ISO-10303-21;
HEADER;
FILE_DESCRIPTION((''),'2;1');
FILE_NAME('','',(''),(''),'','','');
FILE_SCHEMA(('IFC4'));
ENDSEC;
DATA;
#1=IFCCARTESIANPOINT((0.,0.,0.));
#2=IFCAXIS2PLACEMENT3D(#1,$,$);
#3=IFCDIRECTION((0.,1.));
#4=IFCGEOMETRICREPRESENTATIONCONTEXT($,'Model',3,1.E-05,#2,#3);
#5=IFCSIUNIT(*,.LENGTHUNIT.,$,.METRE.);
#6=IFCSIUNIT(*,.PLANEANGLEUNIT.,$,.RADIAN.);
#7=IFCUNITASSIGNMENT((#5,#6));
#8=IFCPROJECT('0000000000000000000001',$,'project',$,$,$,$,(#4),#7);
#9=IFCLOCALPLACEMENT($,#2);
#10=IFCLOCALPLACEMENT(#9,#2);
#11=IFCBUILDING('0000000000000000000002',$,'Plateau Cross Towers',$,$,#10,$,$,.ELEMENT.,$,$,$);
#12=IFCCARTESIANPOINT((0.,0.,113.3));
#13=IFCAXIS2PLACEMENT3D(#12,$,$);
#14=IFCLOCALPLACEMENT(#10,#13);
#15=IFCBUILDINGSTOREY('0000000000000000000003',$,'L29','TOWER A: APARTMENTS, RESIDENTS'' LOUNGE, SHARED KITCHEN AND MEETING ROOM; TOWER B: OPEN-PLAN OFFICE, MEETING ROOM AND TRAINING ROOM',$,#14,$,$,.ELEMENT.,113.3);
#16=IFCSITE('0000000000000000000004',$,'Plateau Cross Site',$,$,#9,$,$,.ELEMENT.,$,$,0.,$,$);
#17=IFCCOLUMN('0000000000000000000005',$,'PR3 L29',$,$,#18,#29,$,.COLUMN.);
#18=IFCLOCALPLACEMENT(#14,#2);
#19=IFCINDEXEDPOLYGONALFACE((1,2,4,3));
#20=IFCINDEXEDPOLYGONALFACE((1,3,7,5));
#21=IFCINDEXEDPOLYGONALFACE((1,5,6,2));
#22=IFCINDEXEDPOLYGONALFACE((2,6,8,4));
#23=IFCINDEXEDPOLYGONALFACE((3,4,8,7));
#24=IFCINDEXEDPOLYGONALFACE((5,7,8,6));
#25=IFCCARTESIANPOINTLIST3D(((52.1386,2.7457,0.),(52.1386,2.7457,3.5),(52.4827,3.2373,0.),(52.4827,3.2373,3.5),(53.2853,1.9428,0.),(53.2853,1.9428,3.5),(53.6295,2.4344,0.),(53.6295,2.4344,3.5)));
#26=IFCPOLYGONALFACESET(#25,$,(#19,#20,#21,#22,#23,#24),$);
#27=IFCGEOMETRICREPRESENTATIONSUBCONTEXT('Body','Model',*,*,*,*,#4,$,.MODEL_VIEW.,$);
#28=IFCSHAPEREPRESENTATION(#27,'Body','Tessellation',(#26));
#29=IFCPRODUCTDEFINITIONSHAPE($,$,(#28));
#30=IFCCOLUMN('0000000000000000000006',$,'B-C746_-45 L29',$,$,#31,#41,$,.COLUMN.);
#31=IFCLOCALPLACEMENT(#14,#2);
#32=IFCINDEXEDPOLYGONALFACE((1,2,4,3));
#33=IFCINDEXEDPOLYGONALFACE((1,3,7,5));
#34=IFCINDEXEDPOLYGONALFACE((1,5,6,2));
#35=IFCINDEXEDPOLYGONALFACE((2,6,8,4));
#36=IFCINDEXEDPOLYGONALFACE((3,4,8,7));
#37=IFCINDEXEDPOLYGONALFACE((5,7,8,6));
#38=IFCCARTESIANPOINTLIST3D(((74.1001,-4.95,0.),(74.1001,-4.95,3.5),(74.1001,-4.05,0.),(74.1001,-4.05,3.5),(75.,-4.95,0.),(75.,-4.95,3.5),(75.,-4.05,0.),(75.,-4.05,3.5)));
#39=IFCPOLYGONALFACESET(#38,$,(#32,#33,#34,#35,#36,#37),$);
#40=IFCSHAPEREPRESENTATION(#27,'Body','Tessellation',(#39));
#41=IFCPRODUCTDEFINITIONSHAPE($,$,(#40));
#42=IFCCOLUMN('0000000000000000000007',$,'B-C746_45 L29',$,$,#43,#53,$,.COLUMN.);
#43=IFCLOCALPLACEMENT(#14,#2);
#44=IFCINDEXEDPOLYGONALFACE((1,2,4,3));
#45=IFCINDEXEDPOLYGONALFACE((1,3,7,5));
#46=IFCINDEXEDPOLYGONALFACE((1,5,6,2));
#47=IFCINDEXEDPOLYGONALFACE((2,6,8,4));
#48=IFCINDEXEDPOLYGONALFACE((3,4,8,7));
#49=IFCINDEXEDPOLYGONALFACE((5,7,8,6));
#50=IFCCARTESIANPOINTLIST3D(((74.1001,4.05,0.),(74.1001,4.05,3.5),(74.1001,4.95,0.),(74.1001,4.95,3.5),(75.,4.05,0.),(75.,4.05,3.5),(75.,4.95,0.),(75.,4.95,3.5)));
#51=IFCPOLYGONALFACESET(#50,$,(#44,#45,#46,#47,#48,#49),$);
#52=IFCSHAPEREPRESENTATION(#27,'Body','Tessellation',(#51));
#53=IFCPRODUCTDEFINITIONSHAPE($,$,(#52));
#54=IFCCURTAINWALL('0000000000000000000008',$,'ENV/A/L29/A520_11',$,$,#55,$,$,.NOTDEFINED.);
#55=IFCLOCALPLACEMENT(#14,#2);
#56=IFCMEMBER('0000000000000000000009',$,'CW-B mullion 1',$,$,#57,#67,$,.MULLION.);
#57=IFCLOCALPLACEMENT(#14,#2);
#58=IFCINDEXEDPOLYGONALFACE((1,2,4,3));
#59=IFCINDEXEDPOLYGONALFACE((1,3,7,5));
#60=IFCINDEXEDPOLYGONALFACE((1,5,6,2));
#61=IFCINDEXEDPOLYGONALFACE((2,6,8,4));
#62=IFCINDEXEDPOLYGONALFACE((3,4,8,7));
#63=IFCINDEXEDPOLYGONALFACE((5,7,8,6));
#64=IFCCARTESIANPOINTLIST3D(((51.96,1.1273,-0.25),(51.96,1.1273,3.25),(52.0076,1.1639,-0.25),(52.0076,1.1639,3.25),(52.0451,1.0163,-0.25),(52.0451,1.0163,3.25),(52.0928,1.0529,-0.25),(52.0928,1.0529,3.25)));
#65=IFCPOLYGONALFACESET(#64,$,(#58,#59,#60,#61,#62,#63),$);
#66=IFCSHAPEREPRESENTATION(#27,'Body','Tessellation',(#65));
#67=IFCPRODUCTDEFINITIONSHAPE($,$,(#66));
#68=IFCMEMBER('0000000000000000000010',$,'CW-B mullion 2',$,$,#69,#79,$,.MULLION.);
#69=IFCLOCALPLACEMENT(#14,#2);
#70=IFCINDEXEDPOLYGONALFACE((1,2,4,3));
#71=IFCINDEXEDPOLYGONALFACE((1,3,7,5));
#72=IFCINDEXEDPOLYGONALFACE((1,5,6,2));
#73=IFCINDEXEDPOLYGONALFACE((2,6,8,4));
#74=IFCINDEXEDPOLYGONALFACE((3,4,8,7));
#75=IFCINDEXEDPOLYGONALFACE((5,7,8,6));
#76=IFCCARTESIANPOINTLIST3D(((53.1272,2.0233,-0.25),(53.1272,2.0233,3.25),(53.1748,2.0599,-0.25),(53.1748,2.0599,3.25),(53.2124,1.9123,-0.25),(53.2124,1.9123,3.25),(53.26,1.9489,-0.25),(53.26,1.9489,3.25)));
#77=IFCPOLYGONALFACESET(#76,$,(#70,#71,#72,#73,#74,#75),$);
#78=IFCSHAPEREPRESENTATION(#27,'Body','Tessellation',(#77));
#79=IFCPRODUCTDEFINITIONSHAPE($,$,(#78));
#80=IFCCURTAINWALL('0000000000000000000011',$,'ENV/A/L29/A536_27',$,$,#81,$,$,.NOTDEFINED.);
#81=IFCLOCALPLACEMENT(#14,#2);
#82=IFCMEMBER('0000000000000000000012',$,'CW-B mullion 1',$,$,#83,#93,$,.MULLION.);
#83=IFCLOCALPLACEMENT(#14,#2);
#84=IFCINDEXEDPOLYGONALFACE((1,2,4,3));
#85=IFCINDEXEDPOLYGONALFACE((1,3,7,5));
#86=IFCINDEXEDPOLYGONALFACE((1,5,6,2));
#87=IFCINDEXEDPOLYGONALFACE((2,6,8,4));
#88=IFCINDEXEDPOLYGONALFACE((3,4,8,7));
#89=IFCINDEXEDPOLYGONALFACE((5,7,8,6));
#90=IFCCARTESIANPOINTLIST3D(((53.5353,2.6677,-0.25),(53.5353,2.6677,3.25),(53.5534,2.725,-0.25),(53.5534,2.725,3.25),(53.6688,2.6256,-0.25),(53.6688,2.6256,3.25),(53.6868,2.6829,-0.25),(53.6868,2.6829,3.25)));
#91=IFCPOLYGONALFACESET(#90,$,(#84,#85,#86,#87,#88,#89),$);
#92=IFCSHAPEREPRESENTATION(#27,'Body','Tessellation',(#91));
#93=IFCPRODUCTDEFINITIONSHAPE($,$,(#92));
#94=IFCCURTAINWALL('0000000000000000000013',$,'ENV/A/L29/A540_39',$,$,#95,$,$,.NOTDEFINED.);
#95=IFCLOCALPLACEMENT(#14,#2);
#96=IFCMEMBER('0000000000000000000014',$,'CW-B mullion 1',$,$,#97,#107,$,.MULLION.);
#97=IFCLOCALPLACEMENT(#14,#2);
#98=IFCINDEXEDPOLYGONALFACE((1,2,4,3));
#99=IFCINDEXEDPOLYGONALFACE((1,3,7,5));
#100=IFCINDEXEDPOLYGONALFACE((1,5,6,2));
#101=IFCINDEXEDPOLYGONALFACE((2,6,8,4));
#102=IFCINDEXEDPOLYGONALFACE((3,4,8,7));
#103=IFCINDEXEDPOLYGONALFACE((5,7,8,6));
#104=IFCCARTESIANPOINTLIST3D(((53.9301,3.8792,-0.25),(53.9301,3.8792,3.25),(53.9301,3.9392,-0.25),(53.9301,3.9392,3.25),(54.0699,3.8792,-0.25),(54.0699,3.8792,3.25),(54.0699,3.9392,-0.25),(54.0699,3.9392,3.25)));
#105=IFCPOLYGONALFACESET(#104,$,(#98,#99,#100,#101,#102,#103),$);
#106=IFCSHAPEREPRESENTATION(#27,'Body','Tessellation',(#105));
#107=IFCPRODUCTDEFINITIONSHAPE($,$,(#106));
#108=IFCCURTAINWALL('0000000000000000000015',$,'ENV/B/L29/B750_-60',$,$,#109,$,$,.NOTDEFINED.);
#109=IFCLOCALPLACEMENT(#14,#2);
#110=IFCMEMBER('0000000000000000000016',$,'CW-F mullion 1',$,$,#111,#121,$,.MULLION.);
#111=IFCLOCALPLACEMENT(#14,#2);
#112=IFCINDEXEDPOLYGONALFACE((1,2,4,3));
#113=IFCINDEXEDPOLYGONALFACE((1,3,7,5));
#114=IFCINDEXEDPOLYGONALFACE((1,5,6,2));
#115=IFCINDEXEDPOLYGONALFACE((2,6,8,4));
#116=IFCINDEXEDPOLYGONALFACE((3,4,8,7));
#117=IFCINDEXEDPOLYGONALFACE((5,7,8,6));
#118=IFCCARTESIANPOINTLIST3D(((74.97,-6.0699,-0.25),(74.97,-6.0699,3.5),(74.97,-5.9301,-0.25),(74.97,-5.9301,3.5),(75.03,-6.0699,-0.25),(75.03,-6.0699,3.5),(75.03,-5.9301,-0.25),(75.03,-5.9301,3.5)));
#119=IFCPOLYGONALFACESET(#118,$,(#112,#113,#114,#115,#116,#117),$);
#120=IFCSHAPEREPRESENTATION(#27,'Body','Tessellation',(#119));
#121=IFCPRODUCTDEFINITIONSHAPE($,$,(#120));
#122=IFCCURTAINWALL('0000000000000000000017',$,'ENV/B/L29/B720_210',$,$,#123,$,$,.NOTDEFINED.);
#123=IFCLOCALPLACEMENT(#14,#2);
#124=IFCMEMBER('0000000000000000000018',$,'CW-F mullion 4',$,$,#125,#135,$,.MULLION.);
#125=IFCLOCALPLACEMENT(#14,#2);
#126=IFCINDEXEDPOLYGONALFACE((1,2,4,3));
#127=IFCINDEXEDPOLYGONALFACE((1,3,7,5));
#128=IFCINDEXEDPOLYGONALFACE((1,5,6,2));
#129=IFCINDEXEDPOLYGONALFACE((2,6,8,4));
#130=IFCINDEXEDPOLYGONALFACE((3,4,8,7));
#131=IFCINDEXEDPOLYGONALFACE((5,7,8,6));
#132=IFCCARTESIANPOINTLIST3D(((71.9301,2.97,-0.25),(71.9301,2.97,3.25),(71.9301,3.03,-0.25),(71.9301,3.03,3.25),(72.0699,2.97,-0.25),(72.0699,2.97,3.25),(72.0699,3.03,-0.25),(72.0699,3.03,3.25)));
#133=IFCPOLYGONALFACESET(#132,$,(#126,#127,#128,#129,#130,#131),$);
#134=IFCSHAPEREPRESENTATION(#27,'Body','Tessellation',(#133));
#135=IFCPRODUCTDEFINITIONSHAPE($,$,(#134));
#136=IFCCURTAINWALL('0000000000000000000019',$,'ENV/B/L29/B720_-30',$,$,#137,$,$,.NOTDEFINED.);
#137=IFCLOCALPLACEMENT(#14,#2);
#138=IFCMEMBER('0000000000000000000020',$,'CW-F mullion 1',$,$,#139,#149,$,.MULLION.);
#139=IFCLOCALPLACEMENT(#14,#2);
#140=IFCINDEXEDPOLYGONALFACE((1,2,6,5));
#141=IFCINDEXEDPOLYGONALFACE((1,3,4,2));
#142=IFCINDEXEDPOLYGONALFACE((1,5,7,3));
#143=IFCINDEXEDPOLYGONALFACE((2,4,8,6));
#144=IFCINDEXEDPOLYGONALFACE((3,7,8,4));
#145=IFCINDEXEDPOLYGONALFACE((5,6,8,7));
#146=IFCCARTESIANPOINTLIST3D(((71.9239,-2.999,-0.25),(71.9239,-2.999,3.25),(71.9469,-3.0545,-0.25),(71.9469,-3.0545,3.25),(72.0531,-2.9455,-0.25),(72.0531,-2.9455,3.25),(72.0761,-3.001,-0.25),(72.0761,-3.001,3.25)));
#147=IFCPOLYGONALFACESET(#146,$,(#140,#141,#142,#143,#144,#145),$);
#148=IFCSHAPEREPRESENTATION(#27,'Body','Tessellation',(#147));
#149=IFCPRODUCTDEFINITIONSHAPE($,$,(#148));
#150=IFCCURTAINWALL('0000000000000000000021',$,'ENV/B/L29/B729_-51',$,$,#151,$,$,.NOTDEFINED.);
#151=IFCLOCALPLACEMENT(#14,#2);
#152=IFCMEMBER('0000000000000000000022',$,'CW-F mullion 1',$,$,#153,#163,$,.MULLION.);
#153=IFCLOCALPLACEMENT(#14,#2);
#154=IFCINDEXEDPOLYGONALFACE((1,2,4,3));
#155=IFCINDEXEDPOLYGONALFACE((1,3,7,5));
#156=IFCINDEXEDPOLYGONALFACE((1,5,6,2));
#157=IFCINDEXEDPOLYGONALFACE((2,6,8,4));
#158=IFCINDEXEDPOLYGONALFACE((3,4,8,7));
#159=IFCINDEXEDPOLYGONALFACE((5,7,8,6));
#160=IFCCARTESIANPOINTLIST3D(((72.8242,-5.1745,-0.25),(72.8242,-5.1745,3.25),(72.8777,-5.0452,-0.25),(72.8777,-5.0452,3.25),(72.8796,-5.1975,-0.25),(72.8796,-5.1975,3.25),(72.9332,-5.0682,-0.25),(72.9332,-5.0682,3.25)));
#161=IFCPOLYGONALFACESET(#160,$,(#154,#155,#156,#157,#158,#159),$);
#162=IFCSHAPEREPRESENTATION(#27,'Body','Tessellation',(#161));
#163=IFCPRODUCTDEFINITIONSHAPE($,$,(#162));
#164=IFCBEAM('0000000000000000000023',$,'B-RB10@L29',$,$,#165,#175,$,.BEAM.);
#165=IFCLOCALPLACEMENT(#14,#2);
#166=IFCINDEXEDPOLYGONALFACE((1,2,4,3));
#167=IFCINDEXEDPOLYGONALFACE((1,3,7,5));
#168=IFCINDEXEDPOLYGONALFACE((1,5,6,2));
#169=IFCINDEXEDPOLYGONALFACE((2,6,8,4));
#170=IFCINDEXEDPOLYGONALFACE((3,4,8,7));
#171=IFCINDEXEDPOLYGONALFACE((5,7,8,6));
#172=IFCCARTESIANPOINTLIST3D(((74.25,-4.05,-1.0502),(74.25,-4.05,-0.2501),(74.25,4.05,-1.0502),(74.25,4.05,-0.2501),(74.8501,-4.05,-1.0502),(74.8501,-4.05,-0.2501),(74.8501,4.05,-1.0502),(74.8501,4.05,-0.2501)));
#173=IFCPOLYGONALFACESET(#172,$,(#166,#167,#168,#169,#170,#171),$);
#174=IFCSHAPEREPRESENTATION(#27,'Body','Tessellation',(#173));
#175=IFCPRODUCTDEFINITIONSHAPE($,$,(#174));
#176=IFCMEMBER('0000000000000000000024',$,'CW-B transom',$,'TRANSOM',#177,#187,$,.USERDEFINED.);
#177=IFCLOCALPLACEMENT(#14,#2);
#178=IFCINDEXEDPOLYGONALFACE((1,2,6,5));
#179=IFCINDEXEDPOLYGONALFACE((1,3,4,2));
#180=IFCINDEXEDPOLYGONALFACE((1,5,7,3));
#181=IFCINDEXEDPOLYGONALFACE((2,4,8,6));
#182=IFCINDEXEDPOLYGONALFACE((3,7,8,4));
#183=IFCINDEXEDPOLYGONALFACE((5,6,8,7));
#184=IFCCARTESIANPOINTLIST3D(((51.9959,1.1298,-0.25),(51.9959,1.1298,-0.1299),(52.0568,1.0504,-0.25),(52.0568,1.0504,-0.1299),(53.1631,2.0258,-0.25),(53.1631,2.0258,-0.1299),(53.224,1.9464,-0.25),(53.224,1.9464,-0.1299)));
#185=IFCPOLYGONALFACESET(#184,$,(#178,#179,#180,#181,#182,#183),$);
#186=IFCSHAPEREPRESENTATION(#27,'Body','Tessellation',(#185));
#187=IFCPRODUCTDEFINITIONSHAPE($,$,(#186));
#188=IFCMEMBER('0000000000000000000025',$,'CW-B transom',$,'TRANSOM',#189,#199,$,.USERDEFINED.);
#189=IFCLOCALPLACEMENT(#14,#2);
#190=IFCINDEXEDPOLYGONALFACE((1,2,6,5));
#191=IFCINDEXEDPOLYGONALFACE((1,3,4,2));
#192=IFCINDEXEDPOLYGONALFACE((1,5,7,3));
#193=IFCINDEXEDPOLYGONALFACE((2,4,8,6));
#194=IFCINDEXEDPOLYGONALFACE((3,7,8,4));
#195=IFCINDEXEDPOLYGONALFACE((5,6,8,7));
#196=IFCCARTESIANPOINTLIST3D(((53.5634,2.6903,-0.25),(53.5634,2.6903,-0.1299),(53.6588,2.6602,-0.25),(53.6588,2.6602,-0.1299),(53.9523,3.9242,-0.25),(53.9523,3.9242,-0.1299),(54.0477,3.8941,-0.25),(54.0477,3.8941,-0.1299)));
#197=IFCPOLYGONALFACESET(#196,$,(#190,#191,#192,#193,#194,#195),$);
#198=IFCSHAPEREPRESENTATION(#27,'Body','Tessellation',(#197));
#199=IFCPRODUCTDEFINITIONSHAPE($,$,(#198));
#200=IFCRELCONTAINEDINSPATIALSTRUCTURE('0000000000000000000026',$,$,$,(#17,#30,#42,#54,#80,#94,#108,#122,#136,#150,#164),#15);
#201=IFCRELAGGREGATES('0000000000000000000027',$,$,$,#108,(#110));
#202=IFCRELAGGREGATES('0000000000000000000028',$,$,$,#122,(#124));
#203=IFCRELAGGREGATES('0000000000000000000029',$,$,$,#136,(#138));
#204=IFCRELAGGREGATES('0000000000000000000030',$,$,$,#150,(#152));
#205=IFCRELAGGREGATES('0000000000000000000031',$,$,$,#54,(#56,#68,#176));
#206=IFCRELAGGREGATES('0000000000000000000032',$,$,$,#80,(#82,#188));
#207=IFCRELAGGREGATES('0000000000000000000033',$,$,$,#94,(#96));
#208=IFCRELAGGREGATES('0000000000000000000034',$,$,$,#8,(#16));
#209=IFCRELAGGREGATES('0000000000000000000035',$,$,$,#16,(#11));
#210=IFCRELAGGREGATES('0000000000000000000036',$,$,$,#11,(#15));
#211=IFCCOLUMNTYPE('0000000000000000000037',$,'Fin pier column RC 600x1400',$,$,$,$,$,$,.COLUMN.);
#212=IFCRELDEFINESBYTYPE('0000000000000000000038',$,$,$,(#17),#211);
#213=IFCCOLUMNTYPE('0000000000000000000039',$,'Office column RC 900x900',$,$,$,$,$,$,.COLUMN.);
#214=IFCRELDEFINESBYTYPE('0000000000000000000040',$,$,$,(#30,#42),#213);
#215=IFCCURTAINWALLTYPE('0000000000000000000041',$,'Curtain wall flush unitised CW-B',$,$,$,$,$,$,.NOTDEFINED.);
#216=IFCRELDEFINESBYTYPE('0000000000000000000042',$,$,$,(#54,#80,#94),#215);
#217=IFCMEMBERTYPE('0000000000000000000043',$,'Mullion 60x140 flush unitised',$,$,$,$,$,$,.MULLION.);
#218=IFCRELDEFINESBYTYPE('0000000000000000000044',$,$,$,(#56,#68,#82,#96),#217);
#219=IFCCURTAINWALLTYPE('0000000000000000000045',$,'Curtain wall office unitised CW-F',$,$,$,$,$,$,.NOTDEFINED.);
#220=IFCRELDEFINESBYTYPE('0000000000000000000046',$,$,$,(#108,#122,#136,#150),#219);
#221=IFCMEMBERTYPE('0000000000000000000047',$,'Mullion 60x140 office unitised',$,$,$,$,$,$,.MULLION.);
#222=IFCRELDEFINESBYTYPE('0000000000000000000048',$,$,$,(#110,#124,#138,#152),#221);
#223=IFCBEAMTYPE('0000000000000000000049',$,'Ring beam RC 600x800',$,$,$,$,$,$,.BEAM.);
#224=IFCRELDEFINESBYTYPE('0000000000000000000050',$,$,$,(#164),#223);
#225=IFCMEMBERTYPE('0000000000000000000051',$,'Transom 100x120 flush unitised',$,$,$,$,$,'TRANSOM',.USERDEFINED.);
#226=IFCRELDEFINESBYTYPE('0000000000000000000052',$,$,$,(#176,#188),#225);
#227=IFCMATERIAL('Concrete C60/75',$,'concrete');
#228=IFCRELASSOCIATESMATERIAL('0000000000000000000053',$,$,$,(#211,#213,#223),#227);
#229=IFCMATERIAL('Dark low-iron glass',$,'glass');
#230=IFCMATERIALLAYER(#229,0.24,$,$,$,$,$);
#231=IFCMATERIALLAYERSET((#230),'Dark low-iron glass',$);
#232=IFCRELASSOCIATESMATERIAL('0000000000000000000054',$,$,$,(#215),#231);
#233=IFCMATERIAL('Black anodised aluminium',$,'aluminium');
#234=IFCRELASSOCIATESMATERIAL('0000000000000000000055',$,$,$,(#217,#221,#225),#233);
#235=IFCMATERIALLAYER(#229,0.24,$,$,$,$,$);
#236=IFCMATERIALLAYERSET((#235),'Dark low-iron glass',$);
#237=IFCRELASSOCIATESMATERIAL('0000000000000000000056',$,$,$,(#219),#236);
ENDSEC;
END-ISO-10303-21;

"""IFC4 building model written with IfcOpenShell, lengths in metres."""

from ifc_helpers import new_model, si_unit, direction, frame, origin, origin_2d, place, context, subcontext, project, spatial, rectangle, extrude, material, layer, layer_set, material_profile, profile_set, type_object, element, aggregate, save


model = new_model("IFC4")

# Units and contexts
model_context = context("Model", 3, precision=1e-05, world=origin(), true_north=direction((0.0, 1.0)))
body_context = subcontext(model_context, "Body", "Model", "MODEL_VIEW")
ifc_project = project(units=[si_unit("LENGTHUNIT", "METRE"), si_unit("PLANEANGLEUNIT", "RADIAN")], contexts=[model_context])

# Site, building, storey
site_placement = place(None, origin())
site = spatial("IfcSite", under=ifc_project, at=site_placement, Name="Plateau Cross Site", CompositionType="ELEMENT", RefElevation=0.0)
building_placement = place(site_placement, origin())
building = spatial("IfcBuilding", under=site, at=building_placement, Name="Plateau Cross Towers", CompositionType="ELEMENT")
storey_placement = place(building_placement, frame((0.0, 0.0, 113.3)))
storey = spatial("IfcBuildingStorey", under=building, at=storey_placement, Name="L29", Description="TOWER A: APARTMENTS, RESIDENTS' LOUNGE, SHARED KITCHEN AND MEETING ROOM; TOWER B: OPEN-PLAN OFFICE, MEETING ROOM AND TRAINING ROOM", CompositionType="ELEMENT", Elevation=113.3)

# Columns
ifc_material_1 = material(Name="Concrete C60/75", Category="concrete")
ifc_material_profile_1 = material_profile(ifc_material_1, rectangle(XDim=0.6001, YDim=1.3999, at=origin_2d()), Name="RC 600x1400")
ifc_profile_set_1 = profile_set([ifc_material_profile_1], Name="Concrete C60/75")
column_type_1 = type_object("IfcColumnType", Name="Fin pier column RC 600x1400", PredefinedType="COLUMN", material=ifc_profile_set_1)
column_placement = place(storey_placement, frame((52.884, 2.5901, 0.0), z_axis=(0.0, 0.0, 1.0), x_axis=(0.573543, 0.819176, 0.0)))
element("IfcColumn", 1, at=column_placement, inside=storey, type_object=column_type_1, Name="PR3 L29", PredefinedType="COLUMN", context=body_context, shape_type="SweptSolid", body=[
    extrude(rectangle(XDim=0.6001, YDim=1.3999, at=origin_2d()), origin(), (0.0, 0.0, 1.0), 3.5),
])
ifc_material_profile_2 = material_profile(ifc_material_1, rectangle(XDim=0.8999, YDim=0.8999, at=origin_2d()), Name="RC 900x900")
ifc_profile_set_2 = profile_set([ifc_material_profile_2], Name="Concrete C60/75")
column_type_2 = type_object("IfcColumnType", Name="Office column RC 900x900", PredefinedType="COLUMN", material=ifc_profile_set_2)
for number, where, z_axis, x_axis, name in (
    (2, (74.55, -4.5, 0.0), (0.0, 0.0, 1.0), (1.0, 0.0, 0.0), "B-C746_-45 L29"),
    (3, (74.55, 4.5, 0.0), (0.0, 0.0, 1.0), (1.0, 0.0, 0.0), "B-C746_45 L29"),
):
    element("IfcColumn", number, at=place(storey_placement, frame(where, z_axis=z_axis, x_axis=x_axis)), inside=storey, type_object=column_type_2, Name=name, PredefinedType="COLUMN", context=body_context, shape_type="SweptSolid", body=[
        extrude(rectangle(XDim=0.8999, YDim=0.8999, at=origin_2d()), origin(), (0.0, 0.0, 1.0), 3.5),
    ])

# Curtain wall, members
ifc_material_2 = material(Name="Dark low-iron glass", Category="glass")
ifc_layer_1 = layer(ifc_material_2, 0.24)
ifc_layer_set_1 = layer_set([ifc_layer_1], Name="Dark low-iron glass")
curtain_wall_type_1 = type_object("IfcCurtainWallType", Name="Curtain wall flush unitised CW-B", PredefinedType="NOTDEFINED", material=ifc_layer_set_1)
curtain_wall_1_placement = place(storey_placement, origin())
curtain_wall_1 = element("IfcCurtainWall", 4, at=curtain_wall_1_placement, inside=storey, type_object=curtain_wall_type_1, Name="ENV/A/L29/A520_11", PredefinedType="NOTDEFINED")
ifc_material_3 = material(Name="Black anodised aluminium", Category="aluminium")
ifc_material_profile_3 = material_profile(ifc_material_3, rectangle(XDim=0.0601, YDim=0.1399, at=origin_2d()), Name="MULLION 60x140")
ifc_profile_set_3 = profile_set([ifc_material_profile_3], Name="Black anodised aluminium")
member_type_1 = type_object("IfcMemberType", Name="Mullion 60x140 flush unitised", PredefinedType="MULLION", material=ifc_profile_set_3)
member_1_placement = place(storey_placement, frame((52.0264, 1.0901, -0.25), z_axis=(0.0, 0.0, 1.0), x_axis=(0.793316, 0.608811, 0.0)))
member_1 = element("IfcMember", 5, at=member_1_placement, type_object=member_type_1, Name="CW-B mullion 1", PredefinedType="MULLION", context=body_context, shape_type="SweptSolid", body=[
    extrude(rectangle(XDim=0.0601, YDim=0.1399, at=origin_2d()), origin(), (0.0, 0.0, 1.0), 3.5),
])
member_2_placement = place(storey_placement, frame((53.1936, 1.9861, -0.25), z_axis=(0.0, 0.0, 1.0), x_axis=(0.793316, 0.608811, 0.0)))
member_2 = element("IfcMember", 6, at=member_2_placement, type_object=member_type_1, Name="CW-B mullion 2", PredefinedType="MULLION", context=body_context, shape_type="SweptSolid", body=[
    extrude(rectangle(XDim=0.0601, YDim=0.1399, at=origin_2d()), origin(), (0.0, 0.0, 1.0), 3.5),
])

# Curtain walls, members
curtain_wall_2_placement = place(storey_placement, origin())
curtain_wall_2 = element("IfcCurtainWall", 7, at=curtain_wall_2_placement, inside=storey, type_object=curtain_wall_type_1, Name="ENV/A/L29/A536_27", PredefinedType="NOTDEFINED")
member_3_placement = place(storey_placement, frame((53.6111, 2.6753, -0.25), z_axis=(0.0, 0.0, 1.0), x_axis=(0.300686, 0.953723, 0.0)))
member_3 = element("IfcMember", 8, at=member_3_placement, type_object=member_type_1, Name="CW-B mullion 1", PredefinedType="MULLION", context=body_context, shape_type="SweptSolid", body=[
    extrude(rectangle(XDim=0.0601, YDim=0.1399, at=origin_2d()), origin(), (0.0, 0.0, 1.0), 3.5),
])
curtain_wall_3_placement = place(storey_placement, origin())
curtain_wall_3 = element("IfcCurtainWall", 9, at=curtain_wall_3_placement, inside=storey, type_object=curtain_wall_type_1, Name="ENV/A/L29/A540_39", PredefinedType="NOTDEFINED")
member_4_placement = place(storey_placement, frame((54.0, 3.9092, -0.25), z_axis=(0.0, 0.0, 1.0), x_axis=(0.0, 1.0, 0.0)))
member_4 = element("IfcMember", 10, at=member_4_placement, type_object=member_type_1, Name="CW-B mullion 1", PredefinedType="MULLION", context=body_context, shape_type="SweptSolid", body=[
    extrude(rectangle(XDim=0.0601, YDim=0.1399, at=origin_2d()), origin(), (0.0, 0.0, 1.0), 3.5),
])
ifc_layer_2 = layer(ifc_material_2, 0.24)
ifc_layer_set_2 = layer_set([ifc_layer_2], Name="Dark low-iron glass")
curtain_wall_type_2 = type_object("IfcCurtainWallType", Name="Curtain wall office unitised CW-F", PredefinedType="NOTDEFINED", material=ifc_layer_set_2)
curtain_wall_4_placement = place(storey_placement, origin())
curtain_wall_4 = element("IfcCurtainWall", 11, at=curtain_wall_4_placement, inside=storey, type_object=curtain_wall_type_2, Name="ENV/B/L29/B750_-60", PredefinedType="NOTDEFINED")
ifc_material_profile_4 = material_profile(ifc_material_3, rectangle(XDim=0.0601, YDim=0.1399, at=origin_2d()), Name="MULLION 60x140")
ifc_profile_set_4 = profile_set([ifc_material_profile_4], Name="Black anodised aluminium")
member_type_2 = type_object("IfcMemberType", Name="Mullion 60x140 office unitised", PredefinedType="MULLION", material=ifc_profile_set_4)
member_5_placement = place(storey_placement, frame((75.0, -6.0, -0.25), z_axis=(0.0, 0.0, 1.0), x_axis=(1.0, 0.0, 0.0)))
member_5 = element("IfcMember", 12, at=member_5_placement, type_object=member_type_2, Name="CW-F mullion 1", PredefinedType="MULLION", context=body_context, shape_type="SweptSolid", body=[
    extrude(rectangle(XDim=0.0601, YDim=0.1399, at=origin_2d()), origin(), (0.0, 0.0, 1.0), 3.75),
])
curtain_wall_5_placement = place(storey_placement, origin())
curtain_wall_5 = element("IfcCurtainWall", 13, at=curtain_wall_5_placement, inside=storey, type_object=curtain_wall_type_2, Name="ENV/B/L29/B720_210", PredefinedType="NOTDEFINED")
member_6_placement = place(storey_placement, frame((72.0, 3.0, -0.25), z_axis=(0.0, 0.0, 1.0), x_axis=(0.0, -1.0, 0.0)))
member_6 = element("IfcMember", 14, at=member_6_placement, type_object=member_type_2, Name="CW-F mullion 4", PredefinedType="MULLION", context=body_context, shape_type="SweptSolid", body=[
    extrude(rectangle(XDim=0.0601, YDim=0.1399, at=origin_2d()), origin(), (0.0, 0.0, 1.0), 3.5),
])
curtain_wall_6_placement = place(storey_placement, origin())
curtain_wall_6 = element("IfcCurtainWall", 15, at=curtain_wall_6_placement, inside=storey, type_object=curtain_wall_type_2, Name="ENV/B/L29/B720_-30", PredefinedType="NOTDEFINED")
member_7_placement = place(storey_placement, frame((72.0, -3.0, -0.25), z_axis=(0.0, 0.0, 1.0), x_axis=(0.382684, -0.923879, 0.0)))
member_7 = element("IfcMember", 16, at=member_7_placement, type_object=member_type_2, Name="CW-F mullion 1", PredefinedType="MULLION", context=body_context, shape_type="SweptSolid", body=[
    extrude(rectangle(XDim=0.0601, YDim=0.1399, at=origin_2d()), origin(), (0.0, 0.0, 1.0), 3.5),
])
curtain_wall_7_placement = place(storey_placement, origin())
curtain_wall_7 = element("IfcCurtainWall", 17, at=curtain_wall_7_placement, inside=storey, type_object=curtain_wall_type_2, Name="ENV/B/L29/B729_-51", PredefinedType="NOTDEFINED")
member_8_placement = place(storey_placement, frame((72.8787, -5.1213, -0.25), z_axis=(0.0, 0.0, 1.0), x_axis=(0.923879, -0.382684, 0.0)))
member_8 = element("IfcMember", 18, at=member_8_placement, type_object=member_type_2, Name="CW-F mullion 1", PredefinedType="MULLION", context=body_context, shape_type="SweptSolid", body=[
    extrude(rectangle(XDim=0.0601, YDim=0.1399, at=origin_2d()), origin(), (0.0, 0.0, 1.0), 3.5),
])

# Beam
ifc_material_profile_5 = material_profile(ifc_material_1, rectangle(XDim=0.6001, YDim=0.8, at=origin_2d()), Name="RC 600x800")
ifc_profile_set_5 = profile_set([ifc_material_profile_5], Name="Concrete C60/75")
beam_type = type_object("IfcBeamType", Name="Ring beam RC 600x800", PredefinedType="BEAM", material=ifc_profile_set_5)
beam_placement = place(storey_placement, frame((74.55, 4.05, -0.6501), z_axis=(0.0, -1.0, 0.0), x_axis=(1.0, 0.0, 0.0)))
element("IfcBeam", 19, at=beam_placement, inside=storey, type_object=beam_type, Name="B-RB10@L29", PredefinedType="BEAM", context=body_context, shape_type="SweptSolid", body=[
    extrude(rectangle(XDim=0.6001, YDim=0.8, at=origin_2d()), origin(), (0.0, 0.0, 1.0), 8.1001),
])

# Members
ifc_material_profile_6 = material_profile(ifc_material_3, rectangle(XDim=0.1001, YDim=0.1201, at=origin_2d()), Name="TRANSOM 100x120")
ifc_profile_set_6 = profile_set([ifc_material_profile_6], Name="Black anodised aluminium")
member_type_3 = type_object("IfcMemberType", Name="Transom 100x120 flush unitised", ElementType="TRANSOM", PredefinedType="USERDEFINED", material=ifc_profile_set_6)
member_9_placement = place(storey_placement, frame((52.0264, 1.0901, -0.1899), z_axis=(0.79324, 0.608909, 0.0), x_axis=(-0.608909, 0.79324, 0.0)))
member_9 = element("IfcMember", 20, at=member_9_placement, type_object=member_type_3, Name="CW-B transom", ObjectType="TRANSOM", PredefinedType="USERDEFINED", context=body_context, shape_type="SweptSolid", body=[
    extrude(rectangle(XDim=0.1001, YDim=0.1201, at=origin_2d()), origin(), (0.0, 0.0, 1.0), 1.4714),
])
member_10_placement = place(storey_placement, frame((53.6111, 2.6753, -0.1899), z_axis=(0.300617, 0.953745, 0.0), x_axis=(-0.953745, 0.300617, 0.0)))
member_10 = element("IfcMember", 21, at=member_10_placement, type_object=member_type_3, Name="CW-B transom", ObjectType="TRANSOM", PredefinedType="USERDEFINED", context=body_context, shape_type="SweptSolid", body=[
    extrude(rectangle(XDim=0.1001, YDim=0.1201, at=origin_2d()), origin(), (0.0, 0.0, 1.0), 1.2937),
])
aggregate(curtain_wall_4, [member_5])

aggregate(curtain_wall_5, [member_6])
aggregate(curtain_wall_6, [member_7])
aggregate(curtain_wall_7, [member_8])
aggregate(curtain_wall_1, [member_1, member_2, member_9])
aggregate(curtain_wall_2, [member_3, member_10])
aggregate(curtain_wall_3, [member_4])

save(model, "model.ifc")
